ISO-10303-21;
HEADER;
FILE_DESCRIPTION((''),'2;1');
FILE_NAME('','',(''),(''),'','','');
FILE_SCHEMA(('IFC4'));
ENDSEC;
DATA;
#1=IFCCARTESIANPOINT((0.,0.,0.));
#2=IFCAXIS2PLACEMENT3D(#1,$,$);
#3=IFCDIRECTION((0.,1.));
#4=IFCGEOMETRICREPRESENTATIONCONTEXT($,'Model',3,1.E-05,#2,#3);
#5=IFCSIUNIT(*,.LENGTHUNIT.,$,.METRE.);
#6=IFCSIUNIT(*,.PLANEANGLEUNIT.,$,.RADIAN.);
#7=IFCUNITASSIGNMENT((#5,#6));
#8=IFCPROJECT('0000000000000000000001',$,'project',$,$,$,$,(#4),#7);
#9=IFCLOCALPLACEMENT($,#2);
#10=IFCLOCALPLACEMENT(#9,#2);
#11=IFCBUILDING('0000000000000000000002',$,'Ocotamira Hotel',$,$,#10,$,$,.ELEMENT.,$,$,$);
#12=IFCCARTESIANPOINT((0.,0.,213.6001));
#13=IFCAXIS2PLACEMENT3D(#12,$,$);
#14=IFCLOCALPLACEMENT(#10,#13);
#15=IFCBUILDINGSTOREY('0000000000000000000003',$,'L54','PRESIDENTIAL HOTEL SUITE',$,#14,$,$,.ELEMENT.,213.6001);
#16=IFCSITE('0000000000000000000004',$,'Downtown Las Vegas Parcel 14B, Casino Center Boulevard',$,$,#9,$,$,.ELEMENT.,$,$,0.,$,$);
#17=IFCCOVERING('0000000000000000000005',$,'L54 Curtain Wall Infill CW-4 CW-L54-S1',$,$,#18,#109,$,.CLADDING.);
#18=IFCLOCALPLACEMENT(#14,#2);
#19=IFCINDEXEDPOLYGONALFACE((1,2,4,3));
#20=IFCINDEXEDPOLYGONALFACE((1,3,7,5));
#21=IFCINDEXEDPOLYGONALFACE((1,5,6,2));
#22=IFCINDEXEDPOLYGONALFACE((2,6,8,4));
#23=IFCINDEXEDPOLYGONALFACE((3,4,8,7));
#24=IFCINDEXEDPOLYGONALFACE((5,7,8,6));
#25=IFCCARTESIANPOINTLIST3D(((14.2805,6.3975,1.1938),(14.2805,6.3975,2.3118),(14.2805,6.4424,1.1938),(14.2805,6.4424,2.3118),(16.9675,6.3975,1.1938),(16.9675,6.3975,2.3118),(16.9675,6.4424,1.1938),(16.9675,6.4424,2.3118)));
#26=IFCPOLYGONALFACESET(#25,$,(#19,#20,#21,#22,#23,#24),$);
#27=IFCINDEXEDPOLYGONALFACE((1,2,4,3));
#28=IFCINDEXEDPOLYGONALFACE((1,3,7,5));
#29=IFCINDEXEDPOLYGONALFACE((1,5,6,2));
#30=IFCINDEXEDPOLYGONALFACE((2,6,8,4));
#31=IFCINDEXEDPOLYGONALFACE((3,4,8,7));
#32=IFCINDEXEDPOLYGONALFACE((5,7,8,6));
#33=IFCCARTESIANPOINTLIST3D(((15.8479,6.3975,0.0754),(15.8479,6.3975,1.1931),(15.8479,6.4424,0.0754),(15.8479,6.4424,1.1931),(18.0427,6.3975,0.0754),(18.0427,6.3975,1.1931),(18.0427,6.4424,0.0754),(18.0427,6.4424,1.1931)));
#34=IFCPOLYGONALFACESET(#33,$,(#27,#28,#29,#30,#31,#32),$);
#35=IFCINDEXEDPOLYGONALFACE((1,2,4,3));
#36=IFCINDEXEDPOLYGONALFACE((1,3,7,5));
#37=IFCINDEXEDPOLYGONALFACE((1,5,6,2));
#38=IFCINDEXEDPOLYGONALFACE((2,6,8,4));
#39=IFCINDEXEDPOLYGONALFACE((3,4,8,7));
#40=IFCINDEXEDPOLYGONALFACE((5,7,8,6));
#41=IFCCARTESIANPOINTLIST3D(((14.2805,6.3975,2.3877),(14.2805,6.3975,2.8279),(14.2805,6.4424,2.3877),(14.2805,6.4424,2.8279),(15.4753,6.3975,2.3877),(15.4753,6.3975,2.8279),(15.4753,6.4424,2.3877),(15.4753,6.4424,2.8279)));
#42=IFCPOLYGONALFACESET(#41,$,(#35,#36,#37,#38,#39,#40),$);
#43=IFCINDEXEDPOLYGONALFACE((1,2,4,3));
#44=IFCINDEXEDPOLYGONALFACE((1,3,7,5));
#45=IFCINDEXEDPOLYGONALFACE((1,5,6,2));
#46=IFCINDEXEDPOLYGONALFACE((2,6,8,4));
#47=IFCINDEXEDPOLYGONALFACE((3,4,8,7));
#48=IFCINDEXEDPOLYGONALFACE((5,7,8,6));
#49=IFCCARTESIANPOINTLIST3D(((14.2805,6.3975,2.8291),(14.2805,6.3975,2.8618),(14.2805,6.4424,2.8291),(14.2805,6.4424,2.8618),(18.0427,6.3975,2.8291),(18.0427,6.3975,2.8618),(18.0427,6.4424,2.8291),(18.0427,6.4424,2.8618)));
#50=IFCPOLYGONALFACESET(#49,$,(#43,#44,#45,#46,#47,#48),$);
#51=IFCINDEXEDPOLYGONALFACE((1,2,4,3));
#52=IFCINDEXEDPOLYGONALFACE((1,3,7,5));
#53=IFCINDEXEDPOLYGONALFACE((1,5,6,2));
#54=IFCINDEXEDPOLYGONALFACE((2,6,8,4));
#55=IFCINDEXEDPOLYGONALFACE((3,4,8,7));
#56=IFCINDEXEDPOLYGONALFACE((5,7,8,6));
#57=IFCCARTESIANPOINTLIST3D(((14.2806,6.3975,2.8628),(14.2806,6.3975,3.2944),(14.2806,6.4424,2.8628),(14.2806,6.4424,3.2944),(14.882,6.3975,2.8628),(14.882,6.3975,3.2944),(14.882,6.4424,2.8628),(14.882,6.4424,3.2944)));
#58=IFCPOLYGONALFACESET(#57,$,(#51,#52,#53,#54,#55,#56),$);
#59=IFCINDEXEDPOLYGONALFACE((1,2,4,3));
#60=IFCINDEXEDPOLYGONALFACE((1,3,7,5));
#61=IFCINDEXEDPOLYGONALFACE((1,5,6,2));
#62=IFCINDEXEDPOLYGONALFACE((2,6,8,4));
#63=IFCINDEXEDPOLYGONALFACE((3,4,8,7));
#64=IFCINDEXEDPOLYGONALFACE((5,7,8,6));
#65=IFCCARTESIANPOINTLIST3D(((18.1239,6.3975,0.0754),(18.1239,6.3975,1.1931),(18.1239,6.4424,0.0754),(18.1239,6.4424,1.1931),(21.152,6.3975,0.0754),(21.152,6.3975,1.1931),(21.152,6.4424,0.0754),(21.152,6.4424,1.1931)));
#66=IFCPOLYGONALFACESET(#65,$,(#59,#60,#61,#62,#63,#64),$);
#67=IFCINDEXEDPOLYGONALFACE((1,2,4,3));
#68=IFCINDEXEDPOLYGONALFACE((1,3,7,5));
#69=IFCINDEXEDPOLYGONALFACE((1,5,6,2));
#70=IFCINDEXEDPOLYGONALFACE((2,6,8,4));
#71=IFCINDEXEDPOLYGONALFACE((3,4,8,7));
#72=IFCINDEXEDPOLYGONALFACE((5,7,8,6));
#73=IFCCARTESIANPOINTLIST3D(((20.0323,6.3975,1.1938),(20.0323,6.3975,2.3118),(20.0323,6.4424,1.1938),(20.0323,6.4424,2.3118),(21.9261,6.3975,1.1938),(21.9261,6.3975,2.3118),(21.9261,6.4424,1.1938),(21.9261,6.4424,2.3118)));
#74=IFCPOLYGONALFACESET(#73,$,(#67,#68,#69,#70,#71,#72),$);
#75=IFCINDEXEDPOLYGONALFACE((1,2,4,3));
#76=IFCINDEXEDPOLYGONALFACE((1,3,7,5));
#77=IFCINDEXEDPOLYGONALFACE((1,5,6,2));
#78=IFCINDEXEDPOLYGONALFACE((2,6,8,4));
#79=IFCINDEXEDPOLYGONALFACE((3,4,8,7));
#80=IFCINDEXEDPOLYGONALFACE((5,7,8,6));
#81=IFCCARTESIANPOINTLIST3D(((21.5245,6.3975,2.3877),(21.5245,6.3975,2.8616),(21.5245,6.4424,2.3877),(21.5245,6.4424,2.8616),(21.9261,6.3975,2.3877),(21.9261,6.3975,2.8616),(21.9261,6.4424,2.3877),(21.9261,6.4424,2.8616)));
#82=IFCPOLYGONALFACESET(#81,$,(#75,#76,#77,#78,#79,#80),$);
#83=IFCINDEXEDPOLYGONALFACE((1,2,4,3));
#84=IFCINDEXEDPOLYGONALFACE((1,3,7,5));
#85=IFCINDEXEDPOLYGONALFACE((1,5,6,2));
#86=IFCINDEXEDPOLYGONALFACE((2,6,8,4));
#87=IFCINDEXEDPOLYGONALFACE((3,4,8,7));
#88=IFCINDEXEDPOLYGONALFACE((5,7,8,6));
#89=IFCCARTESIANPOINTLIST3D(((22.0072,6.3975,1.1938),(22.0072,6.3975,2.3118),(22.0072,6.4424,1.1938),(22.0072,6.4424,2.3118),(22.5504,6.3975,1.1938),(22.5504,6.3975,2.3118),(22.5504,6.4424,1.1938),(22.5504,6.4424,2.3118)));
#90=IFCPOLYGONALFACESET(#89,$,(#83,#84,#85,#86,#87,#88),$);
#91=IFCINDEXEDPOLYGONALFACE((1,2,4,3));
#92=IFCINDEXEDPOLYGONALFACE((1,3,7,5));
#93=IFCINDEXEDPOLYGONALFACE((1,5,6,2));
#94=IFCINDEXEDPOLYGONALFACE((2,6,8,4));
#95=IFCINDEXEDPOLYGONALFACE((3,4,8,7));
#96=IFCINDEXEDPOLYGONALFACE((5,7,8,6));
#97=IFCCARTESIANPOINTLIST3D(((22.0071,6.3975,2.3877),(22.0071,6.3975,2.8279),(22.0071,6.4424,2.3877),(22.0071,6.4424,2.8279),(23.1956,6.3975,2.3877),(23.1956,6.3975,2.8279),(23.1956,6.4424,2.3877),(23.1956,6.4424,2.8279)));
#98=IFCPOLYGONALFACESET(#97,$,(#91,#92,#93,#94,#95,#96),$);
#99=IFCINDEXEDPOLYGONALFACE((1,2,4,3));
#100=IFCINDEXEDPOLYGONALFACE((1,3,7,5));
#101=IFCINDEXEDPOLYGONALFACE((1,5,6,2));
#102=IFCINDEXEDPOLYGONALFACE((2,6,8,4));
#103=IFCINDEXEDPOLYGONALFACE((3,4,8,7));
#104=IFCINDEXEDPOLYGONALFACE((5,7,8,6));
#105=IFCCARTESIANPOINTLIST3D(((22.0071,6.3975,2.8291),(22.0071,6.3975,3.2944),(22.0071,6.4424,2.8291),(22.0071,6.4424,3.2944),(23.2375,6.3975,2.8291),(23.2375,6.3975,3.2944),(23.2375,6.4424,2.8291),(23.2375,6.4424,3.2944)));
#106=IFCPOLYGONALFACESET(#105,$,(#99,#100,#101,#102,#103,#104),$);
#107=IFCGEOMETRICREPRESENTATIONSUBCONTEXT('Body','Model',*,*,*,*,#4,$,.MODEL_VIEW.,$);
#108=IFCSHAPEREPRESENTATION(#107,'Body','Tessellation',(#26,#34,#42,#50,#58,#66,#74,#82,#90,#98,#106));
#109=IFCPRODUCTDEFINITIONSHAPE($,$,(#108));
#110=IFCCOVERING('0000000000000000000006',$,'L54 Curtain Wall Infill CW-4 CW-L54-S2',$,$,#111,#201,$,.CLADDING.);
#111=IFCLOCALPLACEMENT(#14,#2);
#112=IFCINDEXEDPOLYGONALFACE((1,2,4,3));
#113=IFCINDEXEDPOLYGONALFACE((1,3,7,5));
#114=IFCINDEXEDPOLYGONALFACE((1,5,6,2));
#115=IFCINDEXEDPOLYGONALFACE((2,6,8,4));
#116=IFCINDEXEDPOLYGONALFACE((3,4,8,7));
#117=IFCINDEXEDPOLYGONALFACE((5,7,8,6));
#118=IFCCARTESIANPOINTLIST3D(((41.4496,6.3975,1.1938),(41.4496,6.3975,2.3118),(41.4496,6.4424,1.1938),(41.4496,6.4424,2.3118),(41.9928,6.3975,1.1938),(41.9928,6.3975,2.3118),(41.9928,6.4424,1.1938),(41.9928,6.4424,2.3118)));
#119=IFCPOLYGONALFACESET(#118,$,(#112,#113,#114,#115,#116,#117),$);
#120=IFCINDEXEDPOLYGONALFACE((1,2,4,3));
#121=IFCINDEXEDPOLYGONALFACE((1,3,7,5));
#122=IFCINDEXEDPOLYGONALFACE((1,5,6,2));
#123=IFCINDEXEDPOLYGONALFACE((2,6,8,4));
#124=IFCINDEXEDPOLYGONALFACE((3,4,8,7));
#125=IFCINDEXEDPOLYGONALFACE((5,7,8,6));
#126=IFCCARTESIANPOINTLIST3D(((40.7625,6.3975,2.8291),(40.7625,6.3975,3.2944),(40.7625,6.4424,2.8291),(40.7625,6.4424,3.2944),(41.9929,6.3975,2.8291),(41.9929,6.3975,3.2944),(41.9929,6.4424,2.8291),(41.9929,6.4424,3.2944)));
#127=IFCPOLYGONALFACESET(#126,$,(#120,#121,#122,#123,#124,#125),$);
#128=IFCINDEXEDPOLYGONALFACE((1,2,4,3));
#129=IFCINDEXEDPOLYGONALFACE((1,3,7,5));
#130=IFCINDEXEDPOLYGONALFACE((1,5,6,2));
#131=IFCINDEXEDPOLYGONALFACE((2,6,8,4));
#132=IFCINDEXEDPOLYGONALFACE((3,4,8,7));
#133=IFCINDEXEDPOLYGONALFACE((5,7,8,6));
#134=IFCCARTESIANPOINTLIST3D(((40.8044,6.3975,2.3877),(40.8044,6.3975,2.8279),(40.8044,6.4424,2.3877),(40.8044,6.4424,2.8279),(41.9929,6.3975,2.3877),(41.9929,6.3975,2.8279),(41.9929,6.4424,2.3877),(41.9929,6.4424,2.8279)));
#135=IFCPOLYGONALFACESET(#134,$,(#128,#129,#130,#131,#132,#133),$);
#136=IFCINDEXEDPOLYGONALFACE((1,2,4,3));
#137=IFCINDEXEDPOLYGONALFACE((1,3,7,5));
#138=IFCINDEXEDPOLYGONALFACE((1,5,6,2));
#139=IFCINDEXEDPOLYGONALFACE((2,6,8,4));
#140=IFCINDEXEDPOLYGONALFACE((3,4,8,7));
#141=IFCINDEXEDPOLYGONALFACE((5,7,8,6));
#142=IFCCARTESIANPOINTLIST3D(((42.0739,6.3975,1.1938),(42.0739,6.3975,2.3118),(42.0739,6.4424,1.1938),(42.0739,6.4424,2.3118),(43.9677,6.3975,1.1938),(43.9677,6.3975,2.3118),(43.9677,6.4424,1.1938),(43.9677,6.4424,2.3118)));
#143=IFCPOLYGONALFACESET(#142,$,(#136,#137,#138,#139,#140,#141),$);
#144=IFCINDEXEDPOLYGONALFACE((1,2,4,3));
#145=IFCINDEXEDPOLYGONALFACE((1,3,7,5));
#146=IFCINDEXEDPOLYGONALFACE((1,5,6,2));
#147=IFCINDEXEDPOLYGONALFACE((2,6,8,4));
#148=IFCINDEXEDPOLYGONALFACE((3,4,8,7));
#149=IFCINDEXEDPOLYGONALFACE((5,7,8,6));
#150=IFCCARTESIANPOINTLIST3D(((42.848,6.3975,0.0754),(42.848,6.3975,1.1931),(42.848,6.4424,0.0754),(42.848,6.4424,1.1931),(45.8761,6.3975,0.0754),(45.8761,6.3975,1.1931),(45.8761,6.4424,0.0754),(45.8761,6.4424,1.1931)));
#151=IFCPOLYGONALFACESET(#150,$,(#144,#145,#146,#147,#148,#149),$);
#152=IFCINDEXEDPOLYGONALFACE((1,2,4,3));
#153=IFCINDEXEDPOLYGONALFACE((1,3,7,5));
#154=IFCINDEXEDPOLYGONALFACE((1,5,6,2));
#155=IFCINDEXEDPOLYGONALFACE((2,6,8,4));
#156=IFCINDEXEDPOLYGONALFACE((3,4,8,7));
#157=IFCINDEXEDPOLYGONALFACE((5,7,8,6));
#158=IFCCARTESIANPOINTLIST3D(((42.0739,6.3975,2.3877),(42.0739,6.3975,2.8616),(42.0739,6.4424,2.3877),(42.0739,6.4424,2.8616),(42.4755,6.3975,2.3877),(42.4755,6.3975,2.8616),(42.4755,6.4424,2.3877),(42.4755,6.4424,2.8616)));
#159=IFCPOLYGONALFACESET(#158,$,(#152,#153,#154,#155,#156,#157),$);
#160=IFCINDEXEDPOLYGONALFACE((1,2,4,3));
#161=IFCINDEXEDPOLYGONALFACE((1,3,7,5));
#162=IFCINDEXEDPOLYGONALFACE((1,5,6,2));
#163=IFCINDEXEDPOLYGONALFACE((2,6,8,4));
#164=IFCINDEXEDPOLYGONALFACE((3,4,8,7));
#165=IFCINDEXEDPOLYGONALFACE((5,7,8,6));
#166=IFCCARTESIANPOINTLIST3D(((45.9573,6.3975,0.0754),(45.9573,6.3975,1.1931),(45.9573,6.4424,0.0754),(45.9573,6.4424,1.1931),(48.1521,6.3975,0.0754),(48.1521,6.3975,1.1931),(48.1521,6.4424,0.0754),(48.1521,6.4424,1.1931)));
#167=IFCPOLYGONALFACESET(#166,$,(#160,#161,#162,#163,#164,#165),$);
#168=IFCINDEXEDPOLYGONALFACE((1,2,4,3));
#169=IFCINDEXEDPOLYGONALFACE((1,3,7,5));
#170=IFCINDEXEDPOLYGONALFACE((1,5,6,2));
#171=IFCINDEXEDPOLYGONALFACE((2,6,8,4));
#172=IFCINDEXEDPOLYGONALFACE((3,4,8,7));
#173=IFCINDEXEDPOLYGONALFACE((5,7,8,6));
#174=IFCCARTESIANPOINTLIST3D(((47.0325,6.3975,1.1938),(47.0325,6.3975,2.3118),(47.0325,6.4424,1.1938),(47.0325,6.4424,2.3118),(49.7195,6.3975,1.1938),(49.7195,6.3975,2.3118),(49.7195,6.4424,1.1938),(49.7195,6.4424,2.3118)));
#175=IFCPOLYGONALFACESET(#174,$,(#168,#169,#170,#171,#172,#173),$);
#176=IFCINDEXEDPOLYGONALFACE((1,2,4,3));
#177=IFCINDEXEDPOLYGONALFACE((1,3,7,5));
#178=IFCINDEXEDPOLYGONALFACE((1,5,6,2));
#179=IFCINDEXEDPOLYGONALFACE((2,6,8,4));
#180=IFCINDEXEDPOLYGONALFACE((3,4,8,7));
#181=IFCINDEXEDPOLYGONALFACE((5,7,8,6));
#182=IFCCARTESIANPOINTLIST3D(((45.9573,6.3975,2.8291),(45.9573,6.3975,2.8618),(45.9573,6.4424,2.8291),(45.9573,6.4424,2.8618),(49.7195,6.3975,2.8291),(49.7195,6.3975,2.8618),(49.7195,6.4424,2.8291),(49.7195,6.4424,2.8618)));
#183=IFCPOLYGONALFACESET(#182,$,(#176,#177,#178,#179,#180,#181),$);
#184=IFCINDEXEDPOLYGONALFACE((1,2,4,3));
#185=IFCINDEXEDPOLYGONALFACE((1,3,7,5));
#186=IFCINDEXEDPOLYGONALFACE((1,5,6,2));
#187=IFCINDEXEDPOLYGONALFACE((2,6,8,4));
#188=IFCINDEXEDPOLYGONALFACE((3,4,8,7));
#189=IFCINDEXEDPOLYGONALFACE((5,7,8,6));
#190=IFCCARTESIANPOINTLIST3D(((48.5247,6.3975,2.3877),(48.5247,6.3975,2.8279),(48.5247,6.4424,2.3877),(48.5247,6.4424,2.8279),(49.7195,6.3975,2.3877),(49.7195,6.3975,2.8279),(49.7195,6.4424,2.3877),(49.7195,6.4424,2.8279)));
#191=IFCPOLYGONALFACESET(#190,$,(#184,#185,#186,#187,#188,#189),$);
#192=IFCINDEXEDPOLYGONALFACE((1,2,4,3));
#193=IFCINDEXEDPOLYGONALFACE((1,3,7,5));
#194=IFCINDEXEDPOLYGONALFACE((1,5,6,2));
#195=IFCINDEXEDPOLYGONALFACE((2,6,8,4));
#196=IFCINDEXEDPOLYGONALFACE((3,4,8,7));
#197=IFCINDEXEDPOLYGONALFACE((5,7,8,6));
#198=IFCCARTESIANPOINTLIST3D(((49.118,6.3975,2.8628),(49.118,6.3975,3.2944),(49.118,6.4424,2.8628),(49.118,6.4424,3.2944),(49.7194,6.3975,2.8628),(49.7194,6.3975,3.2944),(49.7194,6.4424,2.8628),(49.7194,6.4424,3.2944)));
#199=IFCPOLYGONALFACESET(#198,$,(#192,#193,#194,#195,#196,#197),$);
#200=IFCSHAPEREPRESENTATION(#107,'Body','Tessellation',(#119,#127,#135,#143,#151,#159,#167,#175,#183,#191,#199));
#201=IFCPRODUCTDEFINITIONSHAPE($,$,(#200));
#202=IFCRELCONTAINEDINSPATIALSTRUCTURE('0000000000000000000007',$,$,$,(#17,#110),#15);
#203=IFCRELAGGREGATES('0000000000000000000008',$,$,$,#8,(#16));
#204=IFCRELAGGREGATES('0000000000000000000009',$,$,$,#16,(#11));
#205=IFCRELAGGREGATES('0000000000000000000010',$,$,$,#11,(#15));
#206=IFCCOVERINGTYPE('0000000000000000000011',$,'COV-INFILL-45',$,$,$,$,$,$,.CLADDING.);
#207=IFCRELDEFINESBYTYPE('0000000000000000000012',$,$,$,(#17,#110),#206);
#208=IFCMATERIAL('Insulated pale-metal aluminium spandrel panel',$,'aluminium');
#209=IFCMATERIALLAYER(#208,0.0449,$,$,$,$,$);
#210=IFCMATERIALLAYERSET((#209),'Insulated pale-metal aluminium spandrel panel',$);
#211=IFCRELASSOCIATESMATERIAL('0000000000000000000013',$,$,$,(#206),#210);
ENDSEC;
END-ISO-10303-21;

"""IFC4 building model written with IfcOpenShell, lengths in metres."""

from ifc_helpers import new_model, si_unit, direction, frame, origin, origin_2d, place, context, subcontext, project, spatial, rectangle, extrude, material, layer, layer_set, type_object, element, save


model = new_model("IFC4")

# Units and contexts
model_context = context("Model", 3, precision=1e-05, world=origin(), true_north=direction((0.0, 1.0)))
body_context = subcontext(model_context, "Body", "Model", "MODEL_VIEW")
ifc_project = project(units=[si_unit("LENGTHUNIT", "METRE"), si_unit("PLANEANGLEUNIT", "RADIAN")], contexts=[model_context])

# Site, building, storey
site_placement = place(None, origin())
site = spatial("IfcSite", under=ifc_project, at=site_placement, Name="Downtown Las Vegas Parcel 14B, Casino Center Boulevard", CompositionType="ELEMENT", RefElevation=0.0)
building_placement = place(site_placement, origin())
building = spatial("IfcBuilding", under=site, at=building_placement, Name="Ocotamira Hotel", CompositionType="ELEMENT")
storey_placement = place(building_placement, frame((0.0, 0.0, 213.6001)))
storey = spatial("IfcBuildingStorey", under=building, at=storey_placement, Name="L54", Description="PRESIDENTIAL HOTEL SUITE", CompositionType="ELEMENT", Elevation=213.6001)

# Coverings
ifc_material_1 = material(Name="Insulated pale-metal aluminium spandrel panel", Category="aluminium")
ifc_layer_1 = layer(ifc_material_1, 0.0449)
ifc_layer_set_1 = layer_set([ifc_layer_1], Name="Insulated pale-metal aluminium spandrel panel")
covering_type_1 = type_object("IfcCoveringType", Name="COV-INFILL-45", PredefinedType="CLADDING", material=ifc_layer_set_1)
covering_1_placement = place(storey_placement, origin())
element("IfcCovering", 1, at=covering_1_placement, inside=storey, type_object=covering_type_1, Name="L54 Curtain Wall Infill CW-4 CW-L54-S1", PredefinedType="CLADDING", context=body_context, shape_type="SweptSolid", body=[
    extrude(rectangle(XDim=2.687, YDim=0.0449, at=origin_2d()), frame((15.624, 6.4199, 1.1938), z_axis=(0.0, 0.0, 1.0), x_axis=(1.0, 0.0, 0.0)), (0.0, 0.0, 1.0), 1.1179),
    extrude(rectangle(XDim=2.1948, YDim=0.0449, at=origin_2d()), frame((16.9453, 6.4199, 0.0754), z_axis=(0.0, 0.0, 1.0), x_axis=(1.0, 0.0, 0.0)), (0.0, 0.0, 1.0), 1.1177),
    extrude(rectangle(XDim=1.1948, YDim=0.0449, at=origin_2d()), frame((14.8779, 6.4199, 2.3877), z_axis=(0.0, 0.0, 1.0), x_axis=(1.0, 0.0, 0.0)), (0.0, 0.0, 1.0), 0.4402),
    extrude(rectangle(XDim=3.7622, YDim=0.0449, at=origin_2d()), frame((16.1616, 6.4199, 2.8291), z_axis=(0.0, 0.0, 1.0), x_axis=(1.0, 0.0, 0.0)), (0.0, 0.0, 1.0), 0.0327),
    extrude(rectangle(XDim=0.6013, YDim=0.0449, at=origin_2d()), frame((14.5813, 6.4199, 2.8628), z_axis=(0.0, 0.0, 1.0), x_axis=(1.0, 0.0, 0.0)), (0.0, 0.0, 1.0), 0.4316),
    extrude(rectangle(XDim=3.0281, YDim=0.0449, at=origin_2d()), frame((19.6379, 6.4199, 0.0754), z_axis=(0.0, 0.0, 1.0), x_axis=(1.0, 0.0, 0.0)), (0.0, 0.0, 1.0), 1.1177),
    extrude(rectangle(XDim=1.8938, YDim=0.0449, at=origin_2d()), frame((20.9792, 6.4199, 1.1938), z_axis=(0.0, 0.0, 1.0), x_axis=(1.0, 0.0, 0.0)), (0.0, 0.0, 1.0), 1.1179),
    extrude(rectangle(XDim=0.4016, YDim=0.0449, at=origin_2d()), frame((21.7253, 6.4199, 2.3877), z_axis=(0.0, 0.0, 1.0), x_axis=(1.0, 0.0, 0.0)), (0.0, 0.0, 1.0), 0.4739),
    extrude(rectangle(XDim=0.5432, YDim=0.0449, at=origin_2d()), frame((22.2788, 6.4199, 1.1938), z_axis=(0.0, 0.0, 1.0), x_axis=(1.0, 0.0, 0.0)), (0.0, 0.0, 1.0), 1.1179),
    extrude(rectangle(XDim=1.1885, YDim=0.0449, at=origin_2d()), frame((22.6013, 6.4199, 2.3877), z_axis=(0.0, 0.0, 1.0), x_axis=(1.0, 0.0, 0.0)), (0.0, 0.0, 1.0), 0.4402),
    extrude(rectangle(XDim=1.2305, YDim=0.0449, at=origin_2d()), frame((22.6223, 6.4199, 2.8291), z_axis=(0.0, 0.0, 1.0), x_axis=(1.0, 0.0, 0.0)), (0.0, 0.0, 1.0), 0.4653),
])
covering_2_placement = place(storey_placement, origin())
element("IfcCovering", 2, at=covering_2_placement, inside=storey, type_object=covering_type_1, Name="L54 Curtain Wall Infill CW-4 CW-L54-S2", PredefinedType="CLADDING", context=body_context, shape_type="SweptSolid", body=[
    extrude(rectangle(XDim=0.5432, YDim=0.0449, at=origin_2d()), frame((41.7212, 6.4199, 1.1938), z_axis=(0.0, 0.0, 1.0), x_axis=(1.0, 0.0, 0.0)), (0.0, 0.0, 1.0), 1.1179),
    extrude(rectangle(XDim=1.2305, YDim=0.0449, at=origin_2d()), frame((41.3777, 6.4199, 2.8291), z_axis=(0.0, 0.0, 1.0), x_axis=(1.0, 0.0, 0.0)), (0.0, 0.0, 1.0), 0.4653),
    extrude(rectangle(XDim=1.1885, YDim=0.0449, at=origin_2d()), frame((41.3987, 6.4199, 2.3877), z_axis=(0.0, 0.0, 1.0), x_axis=(1.0, 0.0, 0.0)), (0.0, 0.0, 1.0), 0.4402),
    extrude(rectangle(XDim=1.8938, YDim=0.0449, at=origin_2d()), frame((43.0208, 6.4199, 1.1938), z_axis=(0.0, 0.0, 1.0), x_axis=(1.0, 0.0, 0.0)), (0.0, 0.0, 1.0), 1.1179),
    extrude(rectangle(XDim=3.0281, YDim=0.0449, at=origin_2d()), frame((44.3621, 6.4199, 0.0754), z_axis=(0.0, 0.0, 1.0), x_axis=(1.0, 0.0, 0.0)), (0.0, 0.0, 1.0), 1.1177),
    extrude(rectangle(XDim=0.4016, YDim=0.0449, at=origin_2d()), frame((42.2747, 6.4199, 2.3877), z_axis=(0.0, 0.0, 1.0), x_axis=(1.0, 0.0, 0.0)), (0.0, 0.0, 1.0), 0.4739),
    extrude(rectangle(XDim=2.1948, YDim=0.0449, at=origin_2d()), frame((47.0547, 6.4199, 0.0754), z_axis=(0.0, 0.0, 1.0), x_axis=(1.0, 0.0, 0.0)), (0.0, 0.0, 1.0), 1.1177),
    extrude(rectangle(XDim=2.687, YDim=0.0449, at=origin_2d()), frame((48.376, 6.4199, 1.1938), z_axis=(0.0, 0.0, 1.0), x_axis=(1.0, 0.0, 0.0)), (0.0, 0.0, 1.0), 1.1179),
    extrude(rectangle(XDim=3.7622, YDim=0.0449, at=origin_2d()), frame((47.8384, 6.4199, 2.8291), z_axis=(0.0, 0.0, 1.0), x_axis=(1.0, 0.0, 0.0)), (0.0, 0.0, 1.0), 0.0327),
    extrude(rectangle(XDim=1.1948, YDim=0.0449, at=origin_2d()), frame((49.1221, 6.4199, 2.3877), z_axis=(0.0, 0.0, 1.0), x_axis=(1.0, 0.0, 0.0)), (0.0, 0.0, 1.0), 0.4402),
    extrude(rectangle(XDim=0.6013, YDim=0.0449, at=origin_2d()), frame((49.4187, 6.4199, 2.8628), z_axis=(0.0, 0.0, 1.0), x_axis=(1.0, 0.0, 0.0)), (0.0, 0.0, 1.0), 0.4316),
])

save(model, "model.ifc")
